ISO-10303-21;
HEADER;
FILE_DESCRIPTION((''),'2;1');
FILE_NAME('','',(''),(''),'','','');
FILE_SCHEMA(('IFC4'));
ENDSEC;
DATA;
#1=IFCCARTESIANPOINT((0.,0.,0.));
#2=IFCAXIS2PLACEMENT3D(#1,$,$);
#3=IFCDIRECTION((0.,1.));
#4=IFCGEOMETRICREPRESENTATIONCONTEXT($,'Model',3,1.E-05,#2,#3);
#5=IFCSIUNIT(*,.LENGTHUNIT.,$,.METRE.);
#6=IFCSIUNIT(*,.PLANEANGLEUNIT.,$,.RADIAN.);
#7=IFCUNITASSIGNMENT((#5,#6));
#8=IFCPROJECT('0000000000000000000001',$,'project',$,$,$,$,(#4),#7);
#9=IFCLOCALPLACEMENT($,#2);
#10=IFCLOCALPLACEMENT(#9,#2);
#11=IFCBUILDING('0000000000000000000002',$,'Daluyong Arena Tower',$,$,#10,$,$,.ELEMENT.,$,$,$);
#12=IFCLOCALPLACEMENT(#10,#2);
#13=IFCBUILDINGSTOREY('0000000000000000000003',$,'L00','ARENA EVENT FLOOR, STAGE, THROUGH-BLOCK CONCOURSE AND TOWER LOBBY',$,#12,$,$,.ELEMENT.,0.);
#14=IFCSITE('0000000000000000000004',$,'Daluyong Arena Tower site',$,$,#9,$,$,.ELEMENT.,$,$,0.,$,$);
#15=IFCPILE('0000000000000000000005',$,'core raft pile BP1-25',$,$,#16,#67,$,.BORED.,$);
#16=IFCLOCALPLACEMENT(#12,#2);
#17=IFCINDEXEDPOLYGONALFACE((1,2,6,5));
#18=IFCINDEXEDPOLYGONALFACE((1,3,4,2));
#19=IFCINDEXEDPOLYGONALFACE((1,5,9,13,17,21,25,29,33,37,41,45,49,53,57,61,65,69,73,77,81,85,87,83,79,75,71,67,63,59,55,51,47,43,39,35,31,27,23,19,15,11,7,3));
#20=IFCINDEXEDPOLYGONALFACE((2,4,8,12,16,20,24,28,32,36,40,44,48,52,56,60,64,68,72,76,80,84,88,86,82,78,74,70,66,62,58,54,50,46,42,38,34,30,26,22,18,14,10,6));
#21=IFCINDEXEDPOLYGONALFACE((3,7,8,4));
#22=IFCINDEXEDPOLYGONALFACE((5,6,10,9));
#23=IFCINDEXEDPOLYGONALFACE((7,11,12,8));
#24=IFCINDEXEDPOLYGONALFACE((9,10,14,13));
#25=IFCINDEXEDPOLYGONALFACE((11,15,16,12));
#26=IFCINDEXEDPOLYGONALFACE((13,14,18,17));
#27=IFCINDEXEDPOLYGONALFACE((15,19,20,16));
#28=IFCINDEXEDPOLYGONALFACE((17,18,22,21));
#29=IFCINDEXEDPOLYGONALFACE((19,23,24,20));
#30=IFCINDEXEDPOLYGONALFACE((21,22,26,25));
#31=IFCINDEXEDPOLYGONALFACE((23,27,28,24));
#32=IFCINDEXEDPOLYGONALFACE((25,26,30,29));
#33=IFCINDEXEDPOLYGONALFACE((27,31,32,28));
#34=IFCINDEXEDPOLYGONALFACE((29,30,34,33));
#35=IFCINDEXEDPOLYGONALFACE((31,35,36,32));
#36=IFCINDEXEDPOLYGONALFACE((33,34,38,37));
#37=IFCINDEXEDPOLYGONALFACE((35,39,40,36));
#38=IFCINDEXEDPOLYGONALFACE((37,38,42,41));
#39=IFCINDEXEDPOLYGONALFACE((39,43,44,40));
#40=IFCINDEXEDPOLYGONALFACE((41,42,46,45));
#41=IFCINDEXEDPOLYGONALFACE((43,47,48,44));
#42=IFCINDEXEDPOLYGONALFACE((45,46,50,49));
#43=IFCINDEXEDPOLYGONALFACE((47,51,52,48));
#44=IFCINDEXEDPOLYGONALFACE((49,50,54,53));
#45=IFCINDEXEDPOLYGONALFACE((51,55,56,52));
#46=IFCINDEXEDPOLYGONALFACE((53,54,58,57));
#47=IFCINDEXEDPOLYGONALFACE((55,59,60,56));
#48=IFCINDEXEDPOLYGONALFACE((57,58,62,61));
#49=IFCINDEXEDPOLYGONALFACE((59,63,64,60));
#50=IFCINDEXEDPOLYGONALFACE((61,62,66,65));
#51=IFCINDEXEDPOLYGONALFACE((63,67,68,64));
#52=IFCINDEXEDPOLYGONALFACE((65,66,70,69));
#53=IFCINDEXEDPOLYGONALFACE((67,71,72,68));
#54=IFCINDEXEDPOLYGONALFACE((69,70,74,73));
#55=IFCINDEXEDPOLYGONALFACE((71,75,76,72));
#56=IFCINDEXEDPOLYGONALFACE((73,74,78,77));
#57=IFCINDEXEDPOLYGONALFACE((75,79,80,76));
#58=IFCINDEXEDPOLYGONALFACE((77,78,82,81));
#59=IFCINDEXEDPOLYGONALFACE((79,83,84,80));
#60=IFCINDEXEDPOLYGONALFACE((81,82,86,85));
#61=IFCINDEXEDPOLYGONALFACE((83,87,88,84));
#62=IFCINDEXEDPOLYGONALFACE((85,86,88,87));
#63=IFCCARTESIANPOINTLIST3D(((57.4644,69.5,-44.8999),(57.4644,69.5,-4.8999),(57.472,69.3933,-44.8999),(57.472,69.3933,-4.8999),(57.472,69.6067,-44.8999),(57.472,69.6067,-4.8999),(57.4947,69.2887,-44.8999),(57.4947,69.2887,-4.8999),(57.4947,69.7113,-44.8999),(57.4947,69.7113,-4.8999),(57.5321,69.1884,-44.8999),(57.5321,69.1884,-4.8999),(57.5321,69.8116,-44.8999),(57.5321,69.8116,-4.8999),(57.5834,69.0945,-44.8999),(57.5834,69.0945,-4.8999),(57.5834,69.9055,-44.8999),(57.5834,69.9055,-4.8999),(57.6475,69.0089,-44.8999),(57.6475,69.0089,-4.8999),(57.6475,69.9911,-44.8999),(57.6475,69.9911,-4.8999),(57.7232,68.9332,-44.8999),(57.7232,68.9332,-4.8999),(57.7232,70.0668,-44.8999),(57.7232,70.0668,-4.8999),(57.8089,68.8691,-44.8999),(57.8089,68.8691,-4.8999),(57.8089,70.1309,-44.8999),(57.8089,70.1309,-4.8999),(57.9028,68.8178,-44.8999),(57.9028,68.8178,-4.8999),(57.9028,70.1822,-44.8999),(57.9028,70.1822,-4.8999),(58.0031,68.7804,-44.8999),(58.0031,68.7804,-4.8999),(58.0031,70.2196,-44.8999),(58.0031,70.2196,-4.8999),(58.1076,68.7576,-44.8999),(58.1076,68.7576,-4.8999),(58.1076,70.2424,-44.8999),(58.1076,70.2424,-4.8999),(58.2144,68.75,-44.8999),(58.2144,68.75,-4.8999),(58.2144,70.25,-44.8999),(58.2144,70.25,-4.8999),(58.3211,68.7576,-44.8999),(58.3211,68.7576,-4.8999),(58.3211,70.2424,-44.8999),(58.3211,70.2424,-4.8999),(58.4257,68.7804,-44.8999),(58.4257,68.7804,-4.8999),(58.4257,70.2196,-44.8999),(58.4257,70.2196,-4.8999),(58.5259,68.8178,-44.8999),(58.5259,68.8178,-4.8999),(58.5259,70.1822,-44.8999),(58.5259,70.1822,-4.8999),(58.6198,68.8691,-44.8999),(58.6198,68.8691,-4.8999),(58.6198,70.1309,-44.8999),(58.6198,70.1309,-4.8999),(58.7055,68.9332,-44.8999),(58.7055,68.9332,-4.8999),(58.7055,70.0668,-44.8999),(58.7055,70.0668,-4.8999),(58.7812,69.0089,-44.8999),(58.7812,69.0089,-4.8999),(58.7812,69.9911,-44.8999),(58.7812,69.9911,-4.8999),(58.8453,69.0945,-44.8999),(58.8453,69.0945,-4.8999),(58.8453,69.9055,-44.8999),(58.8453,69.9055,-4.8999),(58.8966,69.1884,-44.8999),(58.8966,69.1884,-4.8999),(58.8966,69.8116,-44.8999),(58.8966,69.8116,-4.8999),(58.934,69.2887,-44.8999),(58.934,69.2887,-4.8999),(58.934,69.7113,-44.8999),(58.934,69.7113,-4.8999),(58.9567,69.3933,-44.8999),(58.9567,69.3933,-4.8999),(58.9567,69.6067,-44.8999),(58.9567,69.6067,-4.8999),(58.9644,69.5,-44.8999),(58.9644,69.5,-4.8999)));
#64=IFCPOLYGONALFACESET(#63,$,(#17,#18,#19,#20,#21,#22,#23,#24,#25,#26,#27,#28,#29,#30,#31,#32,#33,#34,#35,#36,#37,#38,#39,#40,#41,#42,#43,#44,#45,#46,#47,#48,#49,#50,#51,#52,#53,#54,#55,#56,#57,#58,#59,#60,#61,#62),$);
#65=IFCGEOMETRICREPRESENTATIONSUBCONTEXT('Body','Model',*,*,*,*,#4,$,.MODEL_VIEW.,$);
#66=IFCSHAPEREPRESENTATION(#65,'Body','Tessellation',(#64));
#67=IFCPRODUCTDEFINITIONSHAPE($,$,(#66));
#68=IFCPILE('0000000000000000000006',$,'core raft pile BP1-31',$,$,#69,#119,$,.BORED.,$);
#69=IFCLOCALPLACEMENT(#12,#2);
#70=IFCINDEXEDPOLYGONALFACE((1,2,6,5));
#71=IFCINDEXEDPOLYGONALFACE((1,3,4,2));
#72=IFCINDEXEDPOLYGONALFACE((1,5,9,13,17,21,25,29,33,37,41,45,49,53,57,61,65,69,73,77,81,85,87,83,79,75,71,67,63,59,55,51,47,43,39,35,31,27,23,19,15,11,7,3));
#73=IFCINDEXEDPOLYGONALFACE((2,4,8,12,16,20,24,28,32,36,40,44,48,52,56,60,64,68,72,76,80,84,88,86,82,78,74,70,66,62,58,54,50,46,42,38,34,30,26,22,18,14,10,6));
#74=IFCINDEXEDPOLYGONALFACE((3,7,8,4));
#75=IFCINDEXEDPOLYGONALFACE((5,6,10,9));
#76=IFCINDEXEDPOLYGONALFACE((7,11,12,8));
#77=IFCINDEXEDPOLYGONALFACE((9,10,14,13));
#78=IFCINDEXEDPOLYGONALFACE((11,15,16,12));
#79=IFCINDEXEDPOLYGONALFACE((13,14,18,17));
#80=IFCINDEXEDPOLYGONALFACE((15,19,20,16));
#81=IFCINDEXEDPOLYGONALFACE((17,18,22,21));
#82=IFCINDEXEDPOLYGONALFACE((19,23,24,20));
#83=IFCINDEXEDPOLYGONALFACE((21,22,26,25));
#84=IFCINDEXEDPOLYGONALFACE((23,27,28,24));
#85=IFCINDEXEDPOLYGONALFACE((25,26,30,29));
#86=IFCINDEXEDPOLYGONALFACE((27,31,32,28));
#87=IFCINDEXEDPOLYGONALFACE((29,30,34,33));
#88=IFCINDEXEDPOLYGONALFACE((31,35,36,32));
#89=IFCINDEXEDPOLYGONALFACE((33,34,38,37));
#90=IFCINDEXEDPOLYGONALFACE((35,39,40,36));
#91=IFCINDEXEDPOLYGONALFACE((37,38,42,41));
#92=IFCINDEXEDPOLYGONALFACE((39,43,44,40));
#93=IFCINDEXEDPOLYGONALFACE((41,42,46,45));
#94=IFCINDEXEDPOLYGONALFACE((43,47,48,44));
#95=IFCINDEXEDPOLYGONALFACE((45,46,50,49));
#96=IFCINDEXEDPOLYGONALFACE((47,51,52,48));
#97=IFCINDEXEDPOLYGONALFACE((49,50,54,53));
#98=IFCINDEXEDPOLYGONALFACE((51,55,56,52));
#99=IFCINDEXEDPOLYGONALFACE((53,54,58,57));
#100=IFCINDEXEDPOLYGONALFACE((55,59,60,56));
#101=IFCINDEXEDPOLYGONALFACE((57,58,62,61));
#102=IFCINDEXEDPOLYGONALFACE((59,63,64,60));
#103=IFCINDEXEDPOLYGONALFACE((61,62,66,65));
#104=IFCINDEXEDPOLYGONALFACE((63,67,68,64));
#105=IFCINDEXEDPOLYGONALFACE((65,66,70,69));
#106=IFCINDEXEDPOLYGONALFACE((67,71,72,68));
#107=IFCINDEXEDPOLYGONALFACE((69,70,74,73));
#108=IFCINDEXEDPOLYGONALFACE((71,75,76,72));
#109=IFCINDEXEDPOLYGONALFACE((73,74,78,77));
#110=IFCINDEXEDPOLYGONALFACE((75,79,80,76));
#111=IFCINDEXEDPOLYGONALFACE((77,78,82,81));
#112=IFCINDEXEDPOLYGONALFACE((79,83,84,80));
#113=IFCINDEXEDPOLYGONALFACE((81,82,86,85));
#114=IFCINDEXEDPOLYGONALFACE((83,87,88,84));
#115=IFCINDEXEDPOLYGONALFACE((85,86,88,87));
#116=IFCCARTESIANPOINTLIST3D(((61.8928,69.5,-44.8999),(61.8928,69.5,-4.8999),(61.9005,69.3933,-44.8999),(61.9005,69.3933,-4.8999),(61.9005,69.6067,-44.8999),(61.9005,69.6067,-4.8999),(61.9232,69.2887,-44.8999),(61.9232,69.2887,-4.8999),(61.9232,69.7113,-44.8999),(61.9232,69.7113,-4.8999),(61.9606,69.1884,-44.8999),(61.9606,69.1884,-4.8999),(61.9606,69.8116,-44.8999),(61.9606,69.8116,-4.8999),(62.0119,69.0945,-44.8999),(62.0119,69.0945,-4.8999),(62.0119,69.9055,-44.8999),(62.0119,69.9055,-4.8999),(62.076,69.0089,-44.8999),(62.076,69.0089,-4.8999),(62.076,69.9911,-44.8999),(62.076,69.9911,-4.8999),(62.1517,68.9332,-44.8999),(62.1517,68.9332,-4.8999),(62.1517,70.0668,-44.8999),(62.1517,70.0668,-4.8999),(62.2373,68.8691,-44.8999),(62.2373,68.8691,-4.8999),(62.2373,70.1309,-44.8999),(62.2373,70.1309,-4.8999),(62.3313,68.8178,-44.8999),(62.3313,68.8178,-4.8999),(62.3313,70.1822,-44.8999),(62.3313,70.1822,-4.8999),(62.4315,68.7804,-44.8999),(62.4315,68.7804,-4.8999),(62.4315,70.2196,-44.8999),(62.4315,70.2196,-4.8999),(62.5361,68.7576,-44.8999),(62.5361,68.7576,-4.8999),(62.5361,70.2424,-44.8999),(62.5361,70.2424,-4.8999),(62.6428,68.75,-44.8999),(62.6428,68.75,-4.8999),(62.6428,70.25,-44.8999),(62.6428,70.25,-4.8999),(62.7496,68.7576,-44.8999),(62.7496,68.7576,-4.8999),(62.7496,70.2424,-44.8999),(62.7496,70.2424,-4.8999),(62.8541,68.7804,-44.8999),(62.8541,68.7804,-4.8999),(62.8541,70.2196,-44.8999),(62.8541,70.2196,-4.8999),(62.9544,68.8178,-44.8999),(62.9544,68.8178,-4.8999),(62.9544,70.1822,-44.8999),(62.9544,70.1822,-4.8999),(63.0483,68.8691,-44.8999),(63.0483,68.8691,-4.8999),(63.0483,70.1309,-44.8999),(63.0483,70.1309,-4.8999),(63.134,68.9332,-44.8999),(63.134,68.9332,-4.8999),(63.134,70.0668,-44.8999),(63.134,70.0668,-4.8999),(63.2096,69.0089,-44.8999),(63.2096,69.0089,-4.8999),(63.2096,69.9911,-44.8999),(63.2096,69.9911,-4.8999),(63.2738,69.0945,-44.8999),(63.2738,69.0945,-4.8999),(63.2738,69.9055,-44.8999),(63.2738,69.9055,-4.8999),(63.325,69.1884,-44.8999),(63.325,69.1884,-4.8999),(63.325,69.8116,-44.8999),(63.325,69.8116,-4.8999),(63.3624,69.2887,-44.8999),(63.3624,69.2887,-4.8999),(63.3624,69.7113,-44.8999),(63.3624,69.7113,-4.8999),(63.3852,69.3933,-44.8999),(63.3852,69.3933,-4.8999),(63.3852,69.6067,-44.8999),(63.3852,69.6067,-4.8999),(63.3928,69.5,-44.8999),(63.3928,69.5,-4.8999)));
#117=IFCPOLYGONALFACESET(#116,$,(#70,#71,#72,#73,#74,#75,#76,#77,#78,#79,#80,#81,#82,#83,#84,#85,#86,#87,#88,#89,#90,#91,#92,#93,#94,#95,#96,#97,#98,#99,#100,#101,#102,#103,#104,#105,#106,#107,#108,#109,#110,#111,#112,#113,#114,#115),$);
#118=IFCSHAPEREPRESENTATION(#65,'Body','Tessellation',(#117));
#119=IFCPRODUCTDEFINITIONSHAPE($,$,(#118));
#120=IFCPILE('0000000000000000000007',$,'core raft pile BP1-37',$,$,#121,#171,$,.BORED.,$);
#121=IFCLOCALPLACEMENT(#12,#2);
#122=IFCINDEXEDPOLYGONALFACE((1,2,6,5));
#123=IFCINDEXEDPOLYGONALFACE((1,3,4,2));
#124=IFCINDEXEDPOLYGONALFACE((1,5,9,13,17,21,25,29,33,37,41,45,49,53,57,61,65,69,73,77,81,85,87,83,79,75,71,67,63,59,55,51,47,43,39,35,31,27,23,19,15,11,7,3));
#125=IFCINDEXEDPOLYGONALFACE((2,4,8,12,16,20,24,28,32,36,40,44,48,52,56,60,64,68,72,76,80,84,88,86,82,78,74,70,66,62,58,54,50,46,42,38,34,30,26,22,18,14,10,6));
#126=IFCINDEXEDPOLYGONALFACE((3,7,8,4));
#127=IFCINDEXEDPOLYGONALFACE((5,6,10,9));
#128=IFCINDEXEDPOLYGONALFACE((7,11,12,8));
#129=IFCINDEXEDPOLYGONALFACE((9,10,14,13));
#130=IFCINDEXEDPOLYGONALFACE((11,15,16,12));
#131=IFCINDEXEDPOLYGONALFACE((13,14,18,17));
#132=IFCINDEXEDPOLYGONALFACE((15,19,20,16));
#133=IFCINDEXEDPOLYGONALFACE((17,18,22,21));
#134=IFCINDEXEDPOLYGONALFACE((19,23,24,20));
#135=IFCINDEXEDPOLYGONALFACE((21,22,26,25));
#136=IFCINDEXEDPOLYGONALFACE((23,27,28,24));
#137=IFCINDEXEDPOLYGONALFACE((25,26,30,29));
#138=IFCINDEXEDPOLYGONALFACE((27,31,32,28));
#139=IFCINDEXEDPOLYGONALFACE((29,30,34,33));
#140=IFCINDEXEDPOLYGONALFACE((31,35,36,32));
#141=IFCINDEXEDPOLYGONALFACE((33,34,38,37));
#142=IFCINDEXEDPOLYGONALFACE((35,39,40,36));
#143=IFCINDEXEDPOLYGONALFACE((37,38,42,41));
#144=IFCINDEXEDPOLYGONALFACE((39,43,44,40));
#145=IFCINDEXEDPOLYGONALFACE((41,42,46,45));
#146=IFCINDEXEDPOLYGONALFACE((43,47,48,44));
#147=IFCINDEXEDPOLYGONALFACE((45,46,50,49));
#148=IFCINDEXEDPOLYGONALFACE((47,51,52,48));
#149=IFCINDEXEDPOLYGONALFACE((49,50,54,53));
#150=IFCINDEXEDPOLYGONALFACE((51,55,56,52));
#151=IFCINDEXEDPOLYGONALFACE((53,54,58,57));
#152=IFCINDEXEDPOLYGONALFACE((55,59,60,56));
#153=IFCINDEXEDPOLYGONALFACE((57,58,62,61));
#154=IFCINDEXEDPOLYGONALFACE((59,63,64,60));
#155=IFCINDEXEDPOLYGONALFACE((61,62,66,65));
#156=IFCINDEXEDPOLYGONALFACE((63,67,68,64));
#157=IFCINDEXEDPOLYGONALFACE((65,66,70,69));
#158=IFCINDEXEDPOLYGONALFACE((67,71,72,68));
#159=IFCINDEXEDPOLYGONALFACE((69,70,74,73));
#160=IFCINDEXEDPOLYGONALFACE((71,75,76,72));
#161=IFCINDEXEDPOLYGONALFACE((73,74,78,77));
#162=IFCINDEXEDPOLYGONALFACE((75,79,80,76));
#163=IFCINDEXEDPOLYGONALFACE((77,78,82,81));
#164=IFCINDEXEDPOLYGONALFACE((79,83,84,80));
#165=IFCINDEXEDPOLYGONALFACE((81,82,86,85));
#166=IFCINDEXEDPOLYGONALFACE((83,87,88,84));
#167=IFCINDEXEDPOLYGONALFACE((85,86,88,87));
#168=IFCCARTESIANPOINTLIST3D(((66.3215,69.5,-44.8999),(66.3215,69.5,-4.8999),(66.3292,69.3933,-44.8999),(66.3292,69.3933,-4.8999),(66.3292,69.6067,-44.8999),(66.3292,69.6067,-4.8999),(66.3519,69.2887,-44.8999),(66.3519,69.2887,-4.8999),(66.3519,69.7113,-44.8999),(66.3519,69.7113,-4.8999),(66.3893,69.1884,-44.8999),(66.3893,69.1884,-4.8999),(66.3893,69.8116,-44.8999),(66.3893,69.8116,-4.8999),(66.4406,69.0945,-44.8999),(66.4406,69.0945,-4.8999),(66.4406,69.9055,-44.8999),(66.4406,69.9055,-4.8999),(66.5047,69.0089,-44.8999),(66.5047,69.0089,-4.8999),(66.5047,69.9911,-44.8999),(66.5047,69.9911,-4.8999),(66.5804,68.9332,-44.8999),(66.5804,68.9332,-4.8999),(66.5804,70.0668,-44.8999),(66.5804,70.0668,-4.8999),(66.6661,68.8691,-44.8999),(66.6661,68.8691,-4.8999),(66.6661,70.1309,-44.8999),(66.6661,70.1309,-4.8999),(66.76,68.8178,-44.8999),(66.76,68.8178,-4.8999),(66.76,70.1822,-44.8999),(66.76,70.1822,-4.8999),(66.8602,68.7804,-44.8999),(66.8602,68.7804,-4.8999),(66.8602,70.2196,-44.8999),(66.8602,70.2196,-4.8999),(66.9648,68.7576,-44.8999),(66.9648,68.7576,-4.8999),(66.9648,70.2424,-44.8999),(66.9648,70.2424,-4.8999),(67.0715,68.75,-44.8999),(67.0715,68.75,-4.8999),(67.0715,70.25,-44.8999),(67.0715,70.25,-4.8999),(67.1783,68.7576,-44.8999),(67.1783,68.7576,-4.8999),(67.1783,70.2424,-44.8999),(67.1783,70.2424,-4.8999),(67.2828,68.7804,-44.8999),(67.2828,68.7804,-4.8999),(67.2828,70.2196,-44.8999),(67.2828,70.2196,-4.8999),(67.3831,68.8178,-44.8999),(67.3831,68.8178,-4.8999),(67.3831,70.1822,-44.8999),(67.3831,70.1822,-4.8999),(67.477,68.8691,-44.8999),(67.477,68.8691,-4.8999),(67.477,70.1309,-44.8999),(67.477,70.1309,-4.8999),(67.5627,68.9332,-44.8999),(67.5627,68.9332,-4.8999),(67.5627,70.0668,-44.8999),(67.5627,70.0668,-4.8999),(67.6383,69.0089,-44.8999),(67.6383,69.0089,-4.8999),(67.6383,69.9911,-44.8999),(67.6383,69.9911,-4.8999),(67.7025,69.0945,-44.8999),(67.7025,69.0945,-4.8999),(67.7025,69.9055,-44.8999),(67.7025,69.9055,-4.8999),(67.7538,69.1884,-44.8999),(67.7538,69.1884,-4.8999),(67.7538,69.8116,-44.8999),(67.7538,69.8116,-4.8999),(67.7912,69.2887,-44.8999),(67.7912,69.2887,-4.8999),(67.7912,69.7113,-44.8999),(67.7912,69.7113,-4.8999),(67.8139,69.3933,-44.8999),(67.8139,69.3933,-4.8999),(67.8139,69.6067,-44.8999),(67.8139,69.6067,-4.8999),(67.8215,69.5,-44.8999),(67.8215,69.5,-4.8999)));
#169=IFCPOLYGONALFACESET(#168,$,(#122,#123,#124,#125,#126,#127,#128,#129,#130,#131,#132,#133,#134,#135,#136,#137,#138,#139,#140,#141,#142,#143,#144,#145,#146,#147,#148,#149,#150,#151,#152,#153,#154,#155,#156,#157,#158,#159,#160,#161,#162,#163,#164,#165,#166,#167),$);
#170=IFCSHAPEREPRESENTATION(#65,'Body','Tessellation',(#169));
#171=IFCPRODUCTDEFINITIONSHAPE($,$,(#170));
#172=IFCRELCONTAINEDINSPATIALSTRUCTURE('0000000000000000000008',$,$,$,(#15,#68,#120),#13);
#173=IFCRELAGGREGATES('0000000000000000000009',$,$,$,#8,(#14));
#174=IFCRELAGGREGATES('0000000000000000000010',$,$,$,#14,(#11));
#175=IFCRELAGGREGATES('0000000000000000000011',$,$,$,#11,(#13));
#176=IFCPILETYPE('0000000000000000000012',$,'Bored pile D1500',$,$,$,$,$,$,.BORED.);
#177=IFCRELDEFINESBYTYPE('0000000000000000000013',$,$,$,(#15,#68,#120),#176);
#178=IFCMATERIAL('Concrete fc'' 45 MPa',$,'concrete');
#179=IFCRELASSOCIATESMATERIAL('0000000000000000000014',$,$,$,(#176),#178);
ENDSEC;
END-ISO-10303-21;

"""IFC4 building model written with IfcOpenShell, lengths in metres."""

from ifc_helpers import new_model, si_unit, direction, frame, origin, origin_2d, place, context, subcontext, project, spatial, circle, extrude, material, type_object, element, save


model = new_model("IFC4")

# Units and contexts
model_context = context("Model", 3, precision=1e-05, world=origin(), true_north=direction((0.0, 1.0)))
body_context = subcontext(model_context, "Body", "Model", "MODEL_VIEW")
ifc_project = project(units=[si_unit("LENGTHUNIT", "METRE"), si_unit("PLANEANGLEUNIT", "RADIAN")], contexts=[model_context])

# Site, building, storey
site_placement = place(None, origin())
site = spatial("IfcSite", under=ifc_project, at=site_placement, Name="Daluyong Arena Tower site", CompositionType="ELEMENT", RefElevation=0.0)
building_placement = place(site_placement, origin())
building = spatial("IfcBuilding", under=site, at=building_placement, Name="Daluyong Arena Tower", CompositionType="ELEMENT")
storey_placement = place(building_placement, origin())
storey = spatial("IfcBuildingStorey", under=building, at=storey_placement, Name="L00", Description="ARENA EVENT FLOOR, STAGE, THROUGH-BLOCK CONCOURSE AND TOWER LOBBY", CompositionType="ELEMENT", Elevation=0.0)

# Piles
ifc_material_1 = material(Name="Concrete fc' 45 MPa", Category="concrete")
pile_type_1 = type_object("IfcPileType", Name="Bored pile D1500", PredefinedType="BORED", material=ifc_material_1)
for number, where, z_axis, x_axis, name in (
    (1, (58.2144, 69.5, -4.8999), (0.0, 0.0, -1.0), (1.0, 0.0, 0.0), "core raft pile BP1-25"),
    (2, (62.6428, 69.5, -4.8999), (0.0, 0.0, -1.0), (1.0, 0.0, 0.0), "core raft pile BP1-31"),
    (3, (67.0715, 69.5, -4.8999), (0.0, 0.0, -1.0), (1.0, 0.0, 0.0), "core raft pile BP1-37"),
):
    element("IfcPile", number, at=place(storey_placement, frame(where, z_axis=z_axis, x_axis=x_axis)), inside=storey, type_object=pile_type_1, Name=name, PredefinedType="BORED", context=body_context, shape_type="SweptSolid", body=[
        extrude(circle(Radius=0.75, at=origin_2d()), origin(), (0.0, 0.0, 1.0), 40.0),
    ])

save(model, "model.ifc")
